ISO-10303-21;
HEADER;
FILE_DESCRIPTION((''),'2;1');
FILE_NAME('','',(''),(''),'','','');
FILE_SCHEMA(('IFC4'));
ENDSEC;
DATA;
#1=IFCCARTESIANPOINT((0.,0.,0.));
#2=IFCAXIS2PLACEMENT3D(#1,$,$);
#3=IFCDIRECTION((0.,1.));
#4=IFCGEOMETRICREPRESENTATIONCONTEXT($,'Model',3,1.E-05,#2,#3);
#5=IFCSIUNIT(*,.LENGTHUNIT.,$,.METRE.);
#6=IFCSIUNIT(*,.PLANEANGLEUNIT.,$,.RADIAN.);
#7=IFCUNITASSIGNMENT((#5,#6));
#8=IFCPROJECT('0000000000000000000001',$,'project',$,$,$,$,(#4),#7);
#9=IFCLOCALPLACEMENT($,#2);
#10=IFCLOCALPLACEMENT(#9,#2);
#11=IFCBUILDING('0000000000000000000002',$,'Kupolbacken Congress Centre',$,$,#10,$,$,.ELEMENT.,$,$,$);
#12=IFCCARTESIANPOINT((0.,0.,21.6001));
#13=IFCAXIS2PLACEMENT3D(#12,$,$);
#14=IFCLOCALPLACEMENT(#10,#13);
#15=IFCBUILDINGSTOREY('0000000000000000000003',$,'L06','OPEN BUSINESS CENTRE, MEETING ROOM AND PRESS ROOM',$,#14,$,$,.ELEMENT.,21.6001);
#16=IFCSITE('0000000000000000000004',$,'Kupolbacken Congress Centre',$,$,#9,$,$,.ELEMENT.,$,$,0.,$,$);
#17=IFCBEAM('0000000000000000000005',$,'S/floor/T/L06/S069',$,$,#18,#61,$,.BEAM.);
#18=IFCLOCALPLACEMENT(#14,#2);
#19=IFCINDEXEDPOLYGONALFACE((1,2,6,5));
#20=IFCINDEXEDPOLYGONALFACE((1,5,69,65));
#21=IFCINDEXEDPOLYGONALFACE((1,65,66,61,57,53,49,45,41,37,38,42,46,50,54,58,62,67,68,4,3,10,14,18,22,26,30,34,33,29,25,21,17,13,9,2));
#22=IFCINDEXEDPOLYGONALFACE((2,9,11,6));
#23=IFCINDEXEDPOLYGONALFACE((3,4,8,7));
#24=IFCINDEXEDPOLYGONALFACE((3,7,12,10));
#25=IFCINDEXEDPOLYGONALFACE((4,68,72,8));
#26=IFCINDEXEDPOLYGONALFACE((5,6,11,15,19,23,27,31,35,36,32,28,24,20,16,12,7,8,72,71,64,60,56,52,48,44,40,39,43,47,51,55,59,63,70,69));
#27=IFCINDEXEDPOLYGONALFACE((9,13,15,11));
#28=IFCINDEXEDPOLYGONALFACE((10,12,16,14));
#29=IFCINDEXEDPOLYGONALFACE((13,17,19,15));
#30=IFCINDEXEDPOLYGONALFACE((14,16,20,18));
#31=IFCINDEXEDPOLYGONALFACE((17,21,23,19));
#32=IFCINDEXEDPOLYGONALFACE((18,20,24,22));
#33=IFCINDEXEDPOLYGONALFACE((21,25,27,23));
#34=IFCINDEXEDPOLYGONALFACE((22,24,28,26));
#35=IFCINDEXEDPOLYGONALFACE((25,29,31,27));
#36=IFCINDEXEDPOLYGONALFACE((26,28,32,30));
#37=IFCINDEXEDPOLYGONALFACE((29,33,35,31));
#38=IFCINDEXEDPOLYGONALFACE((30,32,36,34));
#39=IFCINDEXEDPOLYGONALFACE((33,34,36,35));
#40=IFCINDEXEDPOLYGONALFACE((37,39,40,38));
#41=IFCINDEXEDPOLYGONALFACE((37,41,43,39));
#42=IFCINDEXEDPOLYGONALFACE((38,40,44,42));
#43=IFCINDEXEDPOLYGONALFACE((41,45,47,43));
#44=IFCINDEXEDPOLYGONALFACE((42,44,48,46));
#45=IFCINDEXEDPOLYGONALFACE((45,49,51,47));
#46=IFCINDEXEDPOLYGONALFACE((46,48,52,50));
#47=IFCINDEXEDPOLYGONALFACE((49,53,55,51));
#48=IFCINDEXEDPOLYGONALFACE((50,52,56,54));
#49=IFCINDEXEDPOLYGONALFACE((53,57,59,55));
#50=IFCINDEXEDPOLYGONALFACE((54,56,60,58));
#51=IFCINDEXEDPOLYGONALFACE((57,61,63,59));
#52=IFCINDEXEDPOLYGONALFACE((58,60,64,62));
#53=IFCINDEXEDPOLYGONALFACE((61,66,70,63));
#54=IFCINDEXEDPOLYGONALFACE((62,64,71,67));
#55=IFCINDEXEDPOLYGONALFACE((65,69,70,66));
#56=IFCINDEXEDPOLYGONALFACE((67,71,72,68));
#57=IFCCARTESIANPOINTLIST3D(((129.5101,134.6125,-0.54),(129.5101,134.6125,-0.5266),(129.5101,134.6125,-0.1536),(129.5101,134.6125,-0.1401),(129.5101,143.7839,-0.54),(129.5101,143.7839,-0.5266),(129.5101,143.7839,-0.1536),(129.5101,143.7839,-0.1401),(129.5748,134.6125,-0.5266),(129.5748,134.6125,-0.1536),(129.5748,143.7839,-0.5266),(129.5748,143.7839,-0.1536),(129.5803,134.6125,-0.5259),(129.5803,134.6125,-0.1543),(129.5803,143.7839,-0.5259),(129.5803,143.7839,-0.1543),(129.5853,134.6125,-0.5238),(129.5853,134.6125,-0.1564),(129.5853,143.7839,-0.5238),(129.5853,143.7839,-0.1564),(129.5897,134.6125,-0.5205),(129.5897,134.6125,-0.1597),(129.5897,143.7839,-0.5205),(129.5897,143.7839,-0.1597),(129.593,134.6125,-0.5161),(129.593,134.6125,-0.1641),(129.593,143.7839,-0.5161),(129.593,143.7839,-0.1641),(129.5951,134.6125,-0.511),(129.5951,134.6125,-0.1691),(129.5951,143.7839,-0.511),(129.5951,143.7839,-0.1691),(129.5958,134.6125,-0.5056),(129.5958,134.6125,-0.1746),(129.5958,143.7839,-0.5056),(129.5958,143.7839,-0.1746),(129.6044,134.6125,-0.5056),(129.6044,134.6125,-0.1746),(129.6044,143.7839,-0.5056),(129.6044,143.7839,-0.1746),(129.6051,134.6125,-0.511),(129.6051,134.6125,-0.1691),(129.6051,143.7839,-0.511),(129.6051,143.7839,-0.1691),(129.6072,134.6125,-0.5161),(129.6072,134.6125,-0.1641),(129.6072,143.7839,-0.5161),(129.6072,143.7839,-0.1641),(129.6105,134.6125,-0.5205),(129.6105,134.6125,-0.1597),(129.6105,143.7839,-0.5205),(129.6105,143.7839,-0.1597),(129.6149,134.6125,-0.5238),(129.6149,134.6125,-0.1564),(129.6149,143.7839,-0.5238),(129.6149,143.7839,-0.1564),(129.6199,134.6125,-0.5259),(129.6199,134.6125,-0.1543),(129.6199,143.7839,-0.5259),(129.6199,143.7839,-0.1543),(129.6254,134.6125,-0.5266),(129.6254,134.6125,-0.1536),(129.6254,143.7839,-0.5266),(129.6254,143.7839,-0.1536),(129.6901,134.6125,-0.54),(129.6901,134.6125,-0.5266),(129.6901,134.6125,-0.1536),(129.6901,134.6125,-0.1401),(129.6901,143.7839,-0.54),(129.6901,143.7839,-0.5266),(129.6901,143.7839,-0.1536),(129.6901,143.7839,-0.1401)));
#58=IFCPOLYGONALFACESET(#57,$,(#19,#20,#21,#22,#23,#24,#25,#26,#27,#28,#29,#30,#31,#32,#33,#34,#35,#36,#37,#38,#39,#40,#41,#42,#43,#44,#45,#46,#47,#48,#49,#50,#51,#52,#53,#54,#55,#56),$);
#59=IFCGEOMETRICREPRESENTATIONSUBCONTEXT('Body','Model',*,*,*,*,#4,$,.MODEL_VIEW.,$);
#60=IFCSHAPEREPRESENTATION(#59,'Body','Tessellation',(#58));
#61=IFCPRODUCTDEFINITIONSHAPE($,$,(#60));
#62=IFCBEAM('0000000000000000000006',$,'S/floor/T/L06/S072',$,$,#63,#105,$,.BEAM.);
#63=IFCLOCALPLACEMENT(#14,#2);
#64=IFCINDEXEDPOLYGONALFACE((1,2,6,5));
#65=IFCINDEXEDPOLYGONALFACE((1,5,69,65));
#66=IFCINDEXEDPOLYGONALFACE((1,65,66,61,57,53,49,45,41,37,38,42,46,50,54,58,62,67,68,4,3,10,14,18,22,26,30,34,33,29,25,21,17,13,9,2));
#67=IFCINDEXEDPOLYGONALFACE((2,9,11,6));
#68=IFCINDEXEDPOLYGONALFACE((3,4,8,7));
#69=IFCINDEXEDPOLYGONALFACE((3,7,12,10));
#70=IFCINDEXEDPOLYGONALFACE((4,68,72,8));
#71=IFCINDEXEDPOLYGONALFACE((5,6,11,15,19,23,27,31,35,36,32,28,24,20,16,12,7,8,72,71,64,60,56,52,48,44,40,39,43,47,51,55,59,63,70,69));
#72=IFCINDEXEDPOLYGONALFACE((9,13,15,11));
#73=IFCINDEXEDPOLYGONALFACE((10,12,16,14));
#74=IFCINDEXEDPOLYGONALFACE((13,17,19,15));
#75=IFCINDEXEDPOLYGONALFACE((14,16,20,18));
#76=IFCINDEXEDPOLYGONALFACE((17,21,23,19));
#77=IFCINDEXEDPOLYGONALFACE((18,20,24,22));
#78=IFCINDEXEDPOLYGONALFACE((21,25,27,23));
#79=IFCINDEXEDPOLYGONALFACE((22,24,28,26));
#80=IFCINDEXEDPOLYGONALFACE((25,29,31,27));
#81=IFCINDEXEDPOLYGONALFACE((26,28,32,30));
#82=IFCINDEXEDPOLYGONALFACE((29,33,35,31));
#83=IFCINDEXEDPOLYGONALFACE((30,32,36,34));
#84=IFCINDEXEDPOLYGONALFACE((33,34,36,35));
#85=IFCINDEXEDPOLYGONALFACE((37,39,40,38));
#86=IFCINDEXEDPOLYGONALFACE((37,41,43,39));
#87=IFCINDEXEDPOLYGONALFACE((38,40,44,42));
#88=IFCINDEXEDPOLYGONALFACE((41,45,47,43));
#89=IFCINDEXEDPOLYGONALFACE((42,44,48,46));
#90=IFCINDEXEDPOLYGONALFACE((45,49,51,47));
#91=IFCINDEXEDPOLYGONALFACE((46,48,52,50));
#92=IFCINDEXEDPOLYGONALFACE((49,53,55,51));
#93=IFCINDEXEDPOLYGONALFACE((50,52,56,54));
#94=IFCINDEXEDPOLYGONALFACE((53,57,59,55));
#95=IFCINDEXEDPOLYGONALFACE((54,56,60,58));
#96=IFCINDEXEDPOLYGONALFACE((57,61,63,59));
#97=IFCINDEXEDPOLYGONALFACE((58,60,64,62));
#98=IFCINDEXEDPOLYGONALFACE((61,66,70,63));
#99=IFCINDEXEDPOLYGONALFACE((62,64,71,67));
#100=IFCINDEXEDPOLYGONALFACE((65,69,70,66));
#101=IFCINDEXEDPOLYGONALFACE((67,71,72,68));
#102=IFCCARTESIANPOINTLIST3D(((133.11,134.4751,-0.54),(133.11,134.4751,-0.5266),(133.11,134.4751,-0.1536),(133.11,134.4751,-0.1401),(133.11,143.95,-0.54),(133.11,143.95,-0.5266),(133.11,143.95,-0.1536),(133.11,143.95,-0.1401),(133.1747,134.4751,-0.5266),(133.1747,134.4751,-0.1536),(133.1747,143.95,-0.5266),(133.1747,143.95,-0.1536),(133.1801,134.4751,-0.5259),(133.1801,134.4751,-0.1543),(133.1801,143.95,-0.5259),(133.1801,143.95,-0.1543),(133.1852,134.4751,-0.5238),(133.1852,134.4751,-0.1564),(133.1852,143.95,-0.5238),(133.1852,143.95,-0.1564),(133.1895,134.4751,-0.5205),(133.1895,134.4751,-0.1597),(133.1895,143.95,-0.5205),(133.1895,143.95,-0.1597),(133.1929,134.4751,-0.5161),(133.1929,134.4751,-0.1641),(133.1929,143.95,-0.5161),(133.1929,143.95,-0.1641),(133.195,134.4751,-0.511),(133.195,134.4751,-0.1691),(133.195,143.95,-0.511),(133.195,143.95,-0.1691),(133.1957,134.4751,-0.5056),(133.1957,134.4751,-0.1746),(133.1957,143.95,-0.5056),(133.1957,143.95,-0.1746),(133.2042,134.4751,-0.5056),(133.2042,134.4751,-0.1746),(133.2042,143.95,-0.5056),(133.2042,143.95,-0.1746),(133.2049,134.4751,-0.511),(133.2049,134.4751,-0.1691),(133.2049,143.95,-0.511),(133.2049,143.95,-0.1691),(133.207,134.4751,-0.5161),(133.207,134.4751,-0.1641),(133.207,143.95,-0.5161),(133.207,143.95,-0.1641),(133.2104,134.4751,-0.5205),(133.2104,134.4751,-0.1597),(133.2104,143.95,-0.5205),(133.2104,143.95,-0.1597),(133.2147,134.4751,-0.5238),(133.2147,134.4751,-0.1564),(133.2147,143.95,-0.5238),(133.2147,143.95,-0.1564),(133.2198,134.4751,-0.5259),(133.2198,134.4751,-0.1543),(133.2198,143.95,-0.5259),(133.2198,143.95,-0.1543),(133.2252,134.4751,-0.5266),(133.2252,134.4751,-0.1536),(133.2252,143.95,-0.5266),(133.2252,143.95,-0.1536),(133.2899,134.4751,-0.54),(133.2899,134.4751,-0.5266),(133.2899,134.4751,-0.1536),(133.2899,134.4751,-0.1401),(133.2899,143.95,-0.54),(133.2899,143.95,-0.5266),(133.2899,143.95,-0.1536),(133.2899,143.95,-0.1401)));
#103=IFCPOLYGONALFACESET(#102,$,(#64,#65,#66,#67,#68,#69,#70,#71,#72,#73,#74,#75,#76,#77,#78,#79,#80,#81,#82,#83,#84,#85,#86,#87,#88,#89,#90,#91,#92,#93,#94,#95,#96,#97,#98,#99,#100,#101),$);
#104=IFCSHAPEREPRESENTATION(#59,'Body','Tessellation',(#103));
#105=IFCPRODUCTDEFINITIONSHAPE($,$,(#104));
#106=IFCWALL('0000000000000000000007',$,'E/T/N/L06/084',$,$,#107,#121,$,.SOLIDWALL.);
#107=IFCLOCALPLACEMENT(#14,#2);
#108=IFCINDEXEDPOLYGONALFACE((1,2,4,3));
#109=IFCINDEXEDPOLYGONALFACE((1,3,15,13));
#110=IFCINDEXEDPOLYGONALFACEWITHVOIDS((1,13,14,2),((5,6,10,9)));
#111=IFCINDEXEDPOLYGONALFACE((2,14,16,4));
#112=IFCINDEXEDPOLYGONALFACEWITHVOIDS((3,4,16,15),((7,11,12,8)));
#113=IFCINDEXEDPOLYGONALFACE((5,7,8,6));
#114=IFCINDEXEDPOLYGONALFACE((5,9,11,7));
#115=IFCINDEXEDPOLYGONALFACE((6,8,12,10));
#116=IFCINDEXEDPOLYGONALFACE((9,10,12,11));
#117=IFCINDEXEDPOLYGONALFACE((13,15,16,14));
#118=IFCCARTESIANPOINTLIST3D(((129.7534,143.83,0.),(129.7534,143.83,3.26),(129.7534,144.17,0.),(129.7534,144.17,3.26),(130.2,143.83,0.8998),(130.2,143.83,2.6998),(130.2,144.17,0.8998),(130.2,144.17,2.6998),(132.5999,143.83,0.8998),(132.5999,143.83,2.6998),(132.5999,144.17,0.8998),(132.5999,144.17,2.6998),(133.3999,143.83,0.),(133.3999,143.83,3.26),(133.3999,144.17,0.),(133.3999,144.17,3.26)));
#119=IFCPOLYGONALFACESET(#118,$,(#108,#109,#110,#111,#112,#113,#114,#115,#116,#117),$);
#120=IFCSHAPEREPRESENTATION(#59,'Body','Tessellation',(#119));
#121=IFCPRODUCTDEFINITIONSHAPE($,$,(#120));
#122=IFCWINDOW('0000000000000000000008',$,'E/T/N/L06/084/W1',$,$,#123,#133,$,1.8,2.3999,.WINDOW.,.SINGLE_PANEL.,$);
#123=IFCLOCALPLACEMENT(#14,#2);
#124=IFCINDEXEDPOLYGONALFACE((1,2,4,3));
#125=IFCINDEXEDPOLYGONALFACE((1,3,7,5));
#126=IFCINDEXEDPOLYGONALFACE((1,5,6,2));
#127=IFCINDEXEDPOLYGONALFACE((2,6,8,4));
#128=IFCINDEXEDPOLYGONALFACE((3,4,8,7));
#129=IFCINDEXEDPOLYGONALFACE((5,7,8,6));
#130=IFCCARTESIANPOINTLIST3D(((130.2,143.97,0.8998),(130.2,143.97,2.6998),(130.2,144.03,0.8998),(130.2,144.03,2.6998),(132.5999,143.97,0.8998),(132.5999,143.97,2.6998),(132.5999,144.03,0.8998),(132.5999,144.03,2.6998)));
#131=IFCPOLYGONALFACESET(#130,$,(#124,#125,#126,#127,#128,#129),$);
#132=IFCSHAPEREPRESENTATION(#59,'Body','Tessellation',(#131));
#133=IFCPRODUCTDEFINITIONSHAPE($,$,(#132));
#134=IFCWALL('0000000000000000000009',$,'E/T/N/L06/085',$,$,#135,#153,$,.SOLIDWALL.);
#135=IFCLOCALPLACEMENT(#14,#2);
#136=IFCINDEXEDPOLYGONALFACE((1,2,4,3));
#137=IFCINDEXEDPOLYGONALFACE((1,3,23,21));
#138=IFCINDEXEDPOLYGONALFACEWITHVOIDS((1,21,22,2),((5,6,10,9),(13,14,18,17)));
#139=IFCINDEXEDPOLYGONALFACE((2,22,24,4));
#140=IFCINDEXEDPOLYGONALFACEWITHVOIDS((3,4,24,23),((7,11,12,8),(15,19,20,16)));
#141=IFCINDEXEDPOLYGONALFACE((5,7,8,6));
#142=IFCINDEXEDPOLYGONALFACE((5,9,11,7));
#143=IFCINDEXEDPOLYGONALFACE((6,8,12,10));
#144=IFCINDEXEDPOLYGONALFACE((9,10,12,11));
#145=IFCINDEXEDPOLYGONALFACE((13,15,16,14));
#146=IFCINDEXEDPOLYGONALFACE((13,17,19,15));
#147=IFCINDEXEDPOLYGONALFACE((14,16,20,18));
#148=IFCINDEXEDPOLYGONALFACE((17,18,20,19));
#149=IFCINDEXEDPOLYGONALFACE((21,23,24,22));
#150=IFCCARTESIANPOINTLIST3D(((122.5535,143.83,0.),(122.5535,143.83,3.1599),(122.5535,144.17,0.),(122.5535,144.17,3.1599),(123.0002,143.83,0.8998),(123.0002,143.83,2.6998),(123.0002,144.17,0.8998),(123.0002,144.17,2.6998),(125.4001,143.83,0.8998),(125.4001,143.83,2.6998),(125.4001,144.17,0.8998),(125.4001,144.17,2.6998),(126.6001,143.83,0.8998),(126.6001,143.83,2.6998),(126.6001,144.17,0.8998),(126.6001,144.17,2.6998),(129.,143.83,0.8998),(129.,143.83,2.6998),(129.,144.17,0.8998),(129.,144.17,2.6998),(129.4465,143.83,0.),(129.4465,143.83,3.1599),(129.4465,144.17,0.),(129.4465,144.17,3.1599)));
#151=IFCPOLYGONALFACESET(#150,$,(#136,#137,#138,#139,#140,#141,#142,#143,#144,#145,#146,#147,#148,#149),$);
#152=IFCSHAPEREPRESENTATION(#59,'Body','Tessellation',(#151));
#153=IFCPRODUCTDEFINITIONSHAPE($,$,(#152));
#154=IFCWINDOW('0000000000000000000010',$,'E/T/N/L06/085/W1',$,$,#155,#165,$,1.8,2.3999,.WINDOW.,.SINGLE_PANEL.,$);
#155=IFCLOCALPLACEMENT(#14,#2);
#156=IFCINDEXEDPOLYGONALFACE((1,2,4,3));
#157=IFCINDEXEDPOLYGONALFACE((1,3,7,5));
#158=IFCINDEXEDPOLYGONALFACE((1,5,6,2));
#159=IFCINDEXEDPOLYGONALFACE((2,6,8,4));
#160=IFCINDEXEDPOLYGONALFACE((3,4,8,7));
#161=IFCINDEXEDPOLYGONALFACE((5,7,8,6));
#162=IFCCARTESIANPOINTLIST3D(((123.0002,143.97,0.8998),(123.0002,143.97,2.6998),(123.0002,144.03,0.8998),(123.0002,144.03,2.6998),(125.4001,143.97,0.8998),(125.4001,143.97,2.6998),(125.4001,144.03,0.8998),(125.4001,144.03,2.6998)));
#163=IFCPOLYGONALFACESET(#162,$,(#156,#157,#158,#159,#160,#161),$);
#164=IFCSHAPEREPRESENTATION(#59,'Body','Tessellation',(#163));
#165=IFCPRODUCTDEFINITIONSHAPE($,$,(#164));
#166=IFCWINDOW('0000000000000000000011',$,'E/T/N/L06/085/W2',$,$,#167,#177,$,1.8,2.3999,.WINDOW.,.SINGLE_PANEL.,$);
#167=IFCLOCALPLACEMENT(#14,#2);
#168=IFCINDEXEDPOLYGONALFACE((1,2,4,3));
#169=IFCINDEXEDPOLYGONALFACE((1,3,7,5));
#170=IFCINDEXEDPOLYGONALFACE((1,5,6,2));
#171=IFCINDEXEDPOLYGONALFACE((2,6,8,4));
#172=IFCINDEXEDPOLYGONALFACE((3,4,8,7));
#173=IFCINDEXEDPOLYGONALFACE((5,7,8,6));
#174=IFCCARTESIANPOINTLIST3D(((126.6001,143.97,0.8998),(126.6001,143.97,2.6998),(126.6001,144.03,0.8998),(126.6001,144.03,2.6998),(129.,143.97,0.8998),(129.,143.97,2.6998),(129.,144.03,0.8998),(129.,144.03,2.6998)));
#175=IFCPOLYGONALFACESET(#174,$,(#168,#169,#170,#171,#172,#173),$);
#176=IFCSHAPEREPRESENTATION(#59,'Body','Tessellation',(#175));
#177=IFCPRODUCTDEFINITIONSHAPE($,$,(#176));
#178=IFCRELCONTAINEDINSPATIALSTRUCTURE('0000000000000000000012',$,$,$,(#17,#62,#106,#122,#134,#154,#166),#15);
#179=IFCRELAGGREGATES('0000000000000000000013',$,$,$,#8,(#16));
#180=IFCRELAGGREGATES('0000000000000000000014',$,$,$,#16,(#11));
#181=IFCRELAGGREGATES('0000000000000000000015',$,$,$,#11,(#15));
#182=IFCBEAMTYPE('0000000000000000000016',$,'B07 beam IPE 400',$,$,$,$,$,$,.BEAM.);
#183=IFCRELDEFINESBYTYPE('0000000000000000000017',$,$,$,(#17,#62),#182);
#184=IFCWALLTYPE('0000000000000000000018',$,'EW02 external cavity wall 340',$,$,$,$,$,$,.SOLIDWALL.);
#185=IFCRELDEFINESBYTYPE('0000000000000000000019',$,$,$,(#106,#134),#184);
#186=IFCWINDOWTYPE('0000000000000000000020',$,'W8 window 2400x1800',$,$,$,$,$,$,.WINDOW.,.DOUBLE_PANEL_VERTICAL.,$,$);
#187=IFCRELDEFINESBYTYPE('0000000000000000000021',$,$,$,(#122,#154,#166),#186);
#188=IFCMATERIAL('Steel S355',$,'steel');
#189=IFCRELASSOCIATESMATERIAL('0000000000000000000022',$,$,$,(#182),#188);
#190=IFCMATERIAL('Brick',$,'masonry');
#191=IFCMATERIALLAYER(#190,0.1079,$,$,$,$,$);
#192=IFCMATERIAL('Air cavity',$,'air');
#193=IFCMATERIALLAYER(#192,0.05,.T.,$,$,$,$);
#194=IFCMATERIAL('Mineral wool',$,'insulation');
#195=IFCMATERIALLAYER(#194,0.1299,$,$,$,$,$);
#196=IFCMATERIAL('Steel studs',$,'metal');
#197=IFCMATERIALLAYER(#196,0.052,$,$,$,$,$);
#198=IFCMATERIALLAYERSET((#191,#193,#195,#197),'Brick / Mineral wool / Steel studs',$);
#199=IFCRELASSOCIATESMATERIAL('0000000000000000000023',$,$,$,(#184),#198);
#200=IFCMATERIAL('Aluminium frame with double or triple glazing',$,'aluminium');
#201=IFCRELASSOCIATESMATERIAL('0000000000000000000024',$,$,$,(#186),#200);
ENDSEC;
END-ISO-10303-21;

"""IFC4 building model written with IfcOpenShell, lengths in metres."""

from ifc_helpers import new_model, si_unit, direction, frame, frame_2d, origin, origin_2d, place, context, subcontext, project, spatial, rectangle, i_section, extrude, material, layer, layer_set, material_profile, profile_set, type_object, element, fill, save


model = new_model("IFC4")

# Units and contexts
model_context = context("Model", 3, precision=1e-05, world=origin(), true_north=direction((0.0, 1.0)))
body_context = subcontext(model_context, "Body", "Model", "MODEL_VIEW")
ifc_project = project(units=[si_unit("LENGTHUNIT", "METRE"), si_unit("PLANEANGLEUNIT", "RADIAN")], contexts=[model_context])

# Site, building, storey
site_placement = place(None, origin())
site = spatial("IfcSite", under=ifc_project, at=site_placement, Name="Kupolbacken Congress Centre", CompositionType="ELEMENT", RefElevation=0.0)
building_placement = place(site_placement, origin())
building = spatial("IfcBuilding", under=site, at=building_placement, Name="Kupolbacken Congress Centre", CompositionType="ELEMENT")
storey_placement = place(building_placement, frame((0.0, 0.0, 21.6001)))
storey = spatial("IfcBuildingStorey", under=building, at=storey_placement, Name="L06", Description="OPEN BUSINESS CENTRE, MEETING ROOM AND PRESS ROOM", CompositionType="ELEMENT", Elevation=21.6001)

# Beams
ifc_material_1 = material(Name="Steel S355", Category="steel")
ifc_material_profile_1 = material_profile(ifc_material_1, i_section(OverallWidth=0.1799, OverallDepth=0.3999, WebThickness=0.0085, FlangeThickness=0.0134, FilletRadius=0.021, at=origin_2d()), Name="IPE 400")
ifc_profile_set_1 = profile_set([ifc_material_profile_1], Name="Steel S355")
beam_type_1 = type_object("IfcBeamType", Name="B07 beam IPE 400", PredefinedType="BEAM", material=ifc_profile_set_1)
beam_1_placement = place(storey_placement, frame((129.6001, 134.6125, -0.3401), z_axis=(0.0, 1.0, 0.0), x_axis=(-1.0, 0.0, 0.0)))
element("IfcBeam", 1, at=beam_1_placement, inside=storey, type_object=beam_type_1, Name="S/floor/T/L06/S069", PredefinedType="BEAM", context=body_context, shape_type="SweptSolid", body=[
    extrude(i_section(OverallWidth=0.1799, OverallDepth=0.3999, WebThickness=0.0085, FlangeThickness=0.0134, FilletRadius=0.021, at=origin_2d()), origin(), (0.0, 0.0, 1.0), 9.1714),
])
beam_2_placement = place(storey_placement, frame((133.2, 134.4751, -0.3401), z_axis=(0.0, 1.0, 0.0), x_axis=(-1.0, 0.0, 0.0)))
element("IfcBeam", 2, at=beam_2_placement, inside=storey, type_object=beam_type_1, Name="S/floor/T/L06/S072", PredefinedType="BEAM", context=body_context, shape_type="SweptSolid", body=[
    extrude(i_section(OverallWidth=0.1799, OverallDepth=0.3999, WebThickness=0.0085, FlangeThickness=0.0134, FilletRadius=0.021, at=origin_2d()), origin(), (0.0, 0.0, 1.0), 9.4749),
])

# Wall, opening, window
ifc_material_2 = material(Name="Brick", Category="masonry")
ifc_layer_1 = layer(ifc_material_2, 0.1079)
ifc_material_3 = material(Name="Air cavity", Category="air")
ifc_layer_2 = layer(ifc_material_3, 0.05, ventilated=True)
ifc_material_4 = material(Name="Mineral wool", Category="insulation")
ifc_layer_3 = layer(ifc_material_4, 0.1299)
ifc_material_5 = material(Name="Steel studs", Category="metal")
ifc_layer_4 = layer(ifc_material_5, 0.052)
ifc_layer_set_1 = layer_set([ifc_layer_1, ifc_layer_2, ifc_layer_3, ifc_layer_4], Name="Brick / Mineral wool / Steel studs")
wall_type_1 = type_object("IfcWallType", Name="EW02 external cavity wall 340", PredefinedType="SOLIDWALL", material=ifc_layer_set_1)
wall_1_placement = place(storey_placement, frame((133.3999, 144.0, 0.0), z_axis=(0.0, 0.0, 1.0), x_axis=(-1.0, 0.0, 0.0)))
wall_1 = element("IfcWall", 3, at=wall_1_placement, inside=storey, type_object=wall_type_1, Name="E/T/N/L06/084", PredefinedType="SOLIDWALL", context=body_context, shape_type="SweptSolid", body=[
    extrude(rectangle(XDim=3.6465, YDim=0.3401, at=frame_2d((1.8232, 0.0))), origin(), (0.0, 0.0, 1.0), 3.26),
])
opening_1_placement = place(wall_1_placement, frame((0.8, 0.0, 0.8999)))
opening_1 = element("IfcOpeningElement", 4, at=opening_1_placement, cuts=wall_1, PredefinedType="OPENING", context=body_context, shape_type="SweptSolid", body=[
    extrude(rectangle(XDim=2.3999, YDim=1.8, at=frame_2d((1.2, 0.8999))), frame((0.0, 0.1799, 0.0), z_axis=(0.0, -1.0, 0.0), x_axis=(1.0, 0.0, 0.0)), (0.0, 0.0, 1.0), 0.3601),
])
ifc_material_6 = material(Name="Aluminium frame with double or triple glazing", Category="aluminium")
window_type = type_object("IfcWindowType", Name="W8 window 2400x1800", PartitioningType="DOUBLE_PANEL_VERTICAL", PredefinedType="WINDOW", material=ifc_material_6)
window_1_placement = place(opening_1_placement, origin())
window_1 = element("IfcWindow", 5, at=window_1_placement, inside=storey, type_object=window_type, Name="E/T/N/L06/084/W1", OverallHeight=1.8, OverallWidth=2.3999, PartitioningType="SINGLE_PANEL", PredefinedType="WINDOW", context=body_context, shape_type="SweptSolid", body=[
    extrude(rectangle(XDim=2.3999, YDim=1.8, at=frame_2d((1.2, 0.8999))), frame((0.0, 0.03, 0.0), z_axis=(0.0, -1.0, 0.0), x_axis=(1.0, 0.0, 0.0)), (0.0, 0.0, 1.0), 0.0601),
])
fill(opening_1, window_1)

# Wall, openings, windows
wall_2_placement = place(storey_placement, frame((129.4465, 144.0, 0.0), z_axis=(0.0, 0.0, 1.0), x_axis=(-1.0, 0.0, 0.0)))
wall_2 = element("IfcWall", 6, at=wall_2_placement, inside=storey, type_object=wall_type_1, Name="E/T/N/L06/085", PredefinedType="SOLIDWALL", context=body_context, shape_type="SweptSolid", body=[
    extrude(rectangle(XDim=6.8931, YDim=0.3401, at=frame_2d((3.4465, 0.0))), origin(), (0.0, 0.0, 1.0), 3.1599),
])
opening_2_placement = place(wall_2_placement, frame((4.0464, 0.0, 0.8999)))
opening_2 = element("IfcOpeningElement", 7, at=opening_2_placement, cuts=wall_2, PredefinedType="OPENING", context=body_context, shape_type="SweptSolid", body=[
    extrude(rectangle(XDim=2.3999, YDim=1.8, at=frame_2d((1.2, 0.8999))), frame((0.0, 0.1799, 0.0), z_axis=(0.0, -1.0, 0.0), x_axis=(1.0, 0.0, 0.0)), (0.0, 0.0, 1.0), 0.3601),
])
opening_3_placement = place(wall_2_placement, frame((0.4465, 0.0, 0.8999)))
opening_3 = element("IfcOpeningElement", 8, at=opening_3_placement, cuts=wall_2, PredefinedType="OPENING", context=body_context, shape_type="SweptSolid", body=[
    extrude(rectangle(XDim=2.3999, YDim=1.8, at=frame_2d((1.2, 0.8999))), frame((0.0, 0.1799, 0.0), z_axis=(0.0, -1.0, 0.0), x_axis=(1.0, 0.0, 0.0)), (0.0, 0.0, 1.0), 0.3601),
])
window_2_placement = place(opening_2_placement, origin())
window_2 = element("IfcWindow", 9, at=window_2_placement, inside=storey, type_object=window_type, Name="E/T/N/L06/085/W1", OverallHeight=1.8, OverallWidth=2.3999, PartitioningType="SINGLE_PANEL", PredefinedType="WINDOW", context=body_context, shape_type="SweptSolid", body=[
    extrude(rectangle(XDim=2.3999, YDim=1.8, at=frame_2d((1.2, 0.8999))), frame((0.0, 0.03, 0.0), z_axis=(0.0, -1.0, 0.0), x_axis=(1.0, 0.0, 0.0)), (0.0, 0.0, 1.0), 0.0601),
])
fill(opening_2, window_2)
window_3_placement = place(opening_3_placement, origin())
window_3 = element("IfcWindow", 10, at=window_3_placement, inside=storey, type_object=window_type, Name="E/T/N/L06/085/W2", OverallHeight=1.8, OverallWidth=2.3999, PartitioningType="SINGLE_PANEL", PredefinedType="WINDOW", context=body_context, shape_type="SweptSolid", body=[
    extrude(rectangle(XDim=2.3999, YDim=1.8, at=frame_2d((1.2, 0.8999))), frame((0.0, 0.03, 0.0), z_axis=(0.0, -1.0, 0.0), x_axis=(1.0, 0.0, 0.0)), (0.0, 0.0, 1.0), 0.0601),
])
fill(opening_3, window_3)

save(model, "model.ifc")
